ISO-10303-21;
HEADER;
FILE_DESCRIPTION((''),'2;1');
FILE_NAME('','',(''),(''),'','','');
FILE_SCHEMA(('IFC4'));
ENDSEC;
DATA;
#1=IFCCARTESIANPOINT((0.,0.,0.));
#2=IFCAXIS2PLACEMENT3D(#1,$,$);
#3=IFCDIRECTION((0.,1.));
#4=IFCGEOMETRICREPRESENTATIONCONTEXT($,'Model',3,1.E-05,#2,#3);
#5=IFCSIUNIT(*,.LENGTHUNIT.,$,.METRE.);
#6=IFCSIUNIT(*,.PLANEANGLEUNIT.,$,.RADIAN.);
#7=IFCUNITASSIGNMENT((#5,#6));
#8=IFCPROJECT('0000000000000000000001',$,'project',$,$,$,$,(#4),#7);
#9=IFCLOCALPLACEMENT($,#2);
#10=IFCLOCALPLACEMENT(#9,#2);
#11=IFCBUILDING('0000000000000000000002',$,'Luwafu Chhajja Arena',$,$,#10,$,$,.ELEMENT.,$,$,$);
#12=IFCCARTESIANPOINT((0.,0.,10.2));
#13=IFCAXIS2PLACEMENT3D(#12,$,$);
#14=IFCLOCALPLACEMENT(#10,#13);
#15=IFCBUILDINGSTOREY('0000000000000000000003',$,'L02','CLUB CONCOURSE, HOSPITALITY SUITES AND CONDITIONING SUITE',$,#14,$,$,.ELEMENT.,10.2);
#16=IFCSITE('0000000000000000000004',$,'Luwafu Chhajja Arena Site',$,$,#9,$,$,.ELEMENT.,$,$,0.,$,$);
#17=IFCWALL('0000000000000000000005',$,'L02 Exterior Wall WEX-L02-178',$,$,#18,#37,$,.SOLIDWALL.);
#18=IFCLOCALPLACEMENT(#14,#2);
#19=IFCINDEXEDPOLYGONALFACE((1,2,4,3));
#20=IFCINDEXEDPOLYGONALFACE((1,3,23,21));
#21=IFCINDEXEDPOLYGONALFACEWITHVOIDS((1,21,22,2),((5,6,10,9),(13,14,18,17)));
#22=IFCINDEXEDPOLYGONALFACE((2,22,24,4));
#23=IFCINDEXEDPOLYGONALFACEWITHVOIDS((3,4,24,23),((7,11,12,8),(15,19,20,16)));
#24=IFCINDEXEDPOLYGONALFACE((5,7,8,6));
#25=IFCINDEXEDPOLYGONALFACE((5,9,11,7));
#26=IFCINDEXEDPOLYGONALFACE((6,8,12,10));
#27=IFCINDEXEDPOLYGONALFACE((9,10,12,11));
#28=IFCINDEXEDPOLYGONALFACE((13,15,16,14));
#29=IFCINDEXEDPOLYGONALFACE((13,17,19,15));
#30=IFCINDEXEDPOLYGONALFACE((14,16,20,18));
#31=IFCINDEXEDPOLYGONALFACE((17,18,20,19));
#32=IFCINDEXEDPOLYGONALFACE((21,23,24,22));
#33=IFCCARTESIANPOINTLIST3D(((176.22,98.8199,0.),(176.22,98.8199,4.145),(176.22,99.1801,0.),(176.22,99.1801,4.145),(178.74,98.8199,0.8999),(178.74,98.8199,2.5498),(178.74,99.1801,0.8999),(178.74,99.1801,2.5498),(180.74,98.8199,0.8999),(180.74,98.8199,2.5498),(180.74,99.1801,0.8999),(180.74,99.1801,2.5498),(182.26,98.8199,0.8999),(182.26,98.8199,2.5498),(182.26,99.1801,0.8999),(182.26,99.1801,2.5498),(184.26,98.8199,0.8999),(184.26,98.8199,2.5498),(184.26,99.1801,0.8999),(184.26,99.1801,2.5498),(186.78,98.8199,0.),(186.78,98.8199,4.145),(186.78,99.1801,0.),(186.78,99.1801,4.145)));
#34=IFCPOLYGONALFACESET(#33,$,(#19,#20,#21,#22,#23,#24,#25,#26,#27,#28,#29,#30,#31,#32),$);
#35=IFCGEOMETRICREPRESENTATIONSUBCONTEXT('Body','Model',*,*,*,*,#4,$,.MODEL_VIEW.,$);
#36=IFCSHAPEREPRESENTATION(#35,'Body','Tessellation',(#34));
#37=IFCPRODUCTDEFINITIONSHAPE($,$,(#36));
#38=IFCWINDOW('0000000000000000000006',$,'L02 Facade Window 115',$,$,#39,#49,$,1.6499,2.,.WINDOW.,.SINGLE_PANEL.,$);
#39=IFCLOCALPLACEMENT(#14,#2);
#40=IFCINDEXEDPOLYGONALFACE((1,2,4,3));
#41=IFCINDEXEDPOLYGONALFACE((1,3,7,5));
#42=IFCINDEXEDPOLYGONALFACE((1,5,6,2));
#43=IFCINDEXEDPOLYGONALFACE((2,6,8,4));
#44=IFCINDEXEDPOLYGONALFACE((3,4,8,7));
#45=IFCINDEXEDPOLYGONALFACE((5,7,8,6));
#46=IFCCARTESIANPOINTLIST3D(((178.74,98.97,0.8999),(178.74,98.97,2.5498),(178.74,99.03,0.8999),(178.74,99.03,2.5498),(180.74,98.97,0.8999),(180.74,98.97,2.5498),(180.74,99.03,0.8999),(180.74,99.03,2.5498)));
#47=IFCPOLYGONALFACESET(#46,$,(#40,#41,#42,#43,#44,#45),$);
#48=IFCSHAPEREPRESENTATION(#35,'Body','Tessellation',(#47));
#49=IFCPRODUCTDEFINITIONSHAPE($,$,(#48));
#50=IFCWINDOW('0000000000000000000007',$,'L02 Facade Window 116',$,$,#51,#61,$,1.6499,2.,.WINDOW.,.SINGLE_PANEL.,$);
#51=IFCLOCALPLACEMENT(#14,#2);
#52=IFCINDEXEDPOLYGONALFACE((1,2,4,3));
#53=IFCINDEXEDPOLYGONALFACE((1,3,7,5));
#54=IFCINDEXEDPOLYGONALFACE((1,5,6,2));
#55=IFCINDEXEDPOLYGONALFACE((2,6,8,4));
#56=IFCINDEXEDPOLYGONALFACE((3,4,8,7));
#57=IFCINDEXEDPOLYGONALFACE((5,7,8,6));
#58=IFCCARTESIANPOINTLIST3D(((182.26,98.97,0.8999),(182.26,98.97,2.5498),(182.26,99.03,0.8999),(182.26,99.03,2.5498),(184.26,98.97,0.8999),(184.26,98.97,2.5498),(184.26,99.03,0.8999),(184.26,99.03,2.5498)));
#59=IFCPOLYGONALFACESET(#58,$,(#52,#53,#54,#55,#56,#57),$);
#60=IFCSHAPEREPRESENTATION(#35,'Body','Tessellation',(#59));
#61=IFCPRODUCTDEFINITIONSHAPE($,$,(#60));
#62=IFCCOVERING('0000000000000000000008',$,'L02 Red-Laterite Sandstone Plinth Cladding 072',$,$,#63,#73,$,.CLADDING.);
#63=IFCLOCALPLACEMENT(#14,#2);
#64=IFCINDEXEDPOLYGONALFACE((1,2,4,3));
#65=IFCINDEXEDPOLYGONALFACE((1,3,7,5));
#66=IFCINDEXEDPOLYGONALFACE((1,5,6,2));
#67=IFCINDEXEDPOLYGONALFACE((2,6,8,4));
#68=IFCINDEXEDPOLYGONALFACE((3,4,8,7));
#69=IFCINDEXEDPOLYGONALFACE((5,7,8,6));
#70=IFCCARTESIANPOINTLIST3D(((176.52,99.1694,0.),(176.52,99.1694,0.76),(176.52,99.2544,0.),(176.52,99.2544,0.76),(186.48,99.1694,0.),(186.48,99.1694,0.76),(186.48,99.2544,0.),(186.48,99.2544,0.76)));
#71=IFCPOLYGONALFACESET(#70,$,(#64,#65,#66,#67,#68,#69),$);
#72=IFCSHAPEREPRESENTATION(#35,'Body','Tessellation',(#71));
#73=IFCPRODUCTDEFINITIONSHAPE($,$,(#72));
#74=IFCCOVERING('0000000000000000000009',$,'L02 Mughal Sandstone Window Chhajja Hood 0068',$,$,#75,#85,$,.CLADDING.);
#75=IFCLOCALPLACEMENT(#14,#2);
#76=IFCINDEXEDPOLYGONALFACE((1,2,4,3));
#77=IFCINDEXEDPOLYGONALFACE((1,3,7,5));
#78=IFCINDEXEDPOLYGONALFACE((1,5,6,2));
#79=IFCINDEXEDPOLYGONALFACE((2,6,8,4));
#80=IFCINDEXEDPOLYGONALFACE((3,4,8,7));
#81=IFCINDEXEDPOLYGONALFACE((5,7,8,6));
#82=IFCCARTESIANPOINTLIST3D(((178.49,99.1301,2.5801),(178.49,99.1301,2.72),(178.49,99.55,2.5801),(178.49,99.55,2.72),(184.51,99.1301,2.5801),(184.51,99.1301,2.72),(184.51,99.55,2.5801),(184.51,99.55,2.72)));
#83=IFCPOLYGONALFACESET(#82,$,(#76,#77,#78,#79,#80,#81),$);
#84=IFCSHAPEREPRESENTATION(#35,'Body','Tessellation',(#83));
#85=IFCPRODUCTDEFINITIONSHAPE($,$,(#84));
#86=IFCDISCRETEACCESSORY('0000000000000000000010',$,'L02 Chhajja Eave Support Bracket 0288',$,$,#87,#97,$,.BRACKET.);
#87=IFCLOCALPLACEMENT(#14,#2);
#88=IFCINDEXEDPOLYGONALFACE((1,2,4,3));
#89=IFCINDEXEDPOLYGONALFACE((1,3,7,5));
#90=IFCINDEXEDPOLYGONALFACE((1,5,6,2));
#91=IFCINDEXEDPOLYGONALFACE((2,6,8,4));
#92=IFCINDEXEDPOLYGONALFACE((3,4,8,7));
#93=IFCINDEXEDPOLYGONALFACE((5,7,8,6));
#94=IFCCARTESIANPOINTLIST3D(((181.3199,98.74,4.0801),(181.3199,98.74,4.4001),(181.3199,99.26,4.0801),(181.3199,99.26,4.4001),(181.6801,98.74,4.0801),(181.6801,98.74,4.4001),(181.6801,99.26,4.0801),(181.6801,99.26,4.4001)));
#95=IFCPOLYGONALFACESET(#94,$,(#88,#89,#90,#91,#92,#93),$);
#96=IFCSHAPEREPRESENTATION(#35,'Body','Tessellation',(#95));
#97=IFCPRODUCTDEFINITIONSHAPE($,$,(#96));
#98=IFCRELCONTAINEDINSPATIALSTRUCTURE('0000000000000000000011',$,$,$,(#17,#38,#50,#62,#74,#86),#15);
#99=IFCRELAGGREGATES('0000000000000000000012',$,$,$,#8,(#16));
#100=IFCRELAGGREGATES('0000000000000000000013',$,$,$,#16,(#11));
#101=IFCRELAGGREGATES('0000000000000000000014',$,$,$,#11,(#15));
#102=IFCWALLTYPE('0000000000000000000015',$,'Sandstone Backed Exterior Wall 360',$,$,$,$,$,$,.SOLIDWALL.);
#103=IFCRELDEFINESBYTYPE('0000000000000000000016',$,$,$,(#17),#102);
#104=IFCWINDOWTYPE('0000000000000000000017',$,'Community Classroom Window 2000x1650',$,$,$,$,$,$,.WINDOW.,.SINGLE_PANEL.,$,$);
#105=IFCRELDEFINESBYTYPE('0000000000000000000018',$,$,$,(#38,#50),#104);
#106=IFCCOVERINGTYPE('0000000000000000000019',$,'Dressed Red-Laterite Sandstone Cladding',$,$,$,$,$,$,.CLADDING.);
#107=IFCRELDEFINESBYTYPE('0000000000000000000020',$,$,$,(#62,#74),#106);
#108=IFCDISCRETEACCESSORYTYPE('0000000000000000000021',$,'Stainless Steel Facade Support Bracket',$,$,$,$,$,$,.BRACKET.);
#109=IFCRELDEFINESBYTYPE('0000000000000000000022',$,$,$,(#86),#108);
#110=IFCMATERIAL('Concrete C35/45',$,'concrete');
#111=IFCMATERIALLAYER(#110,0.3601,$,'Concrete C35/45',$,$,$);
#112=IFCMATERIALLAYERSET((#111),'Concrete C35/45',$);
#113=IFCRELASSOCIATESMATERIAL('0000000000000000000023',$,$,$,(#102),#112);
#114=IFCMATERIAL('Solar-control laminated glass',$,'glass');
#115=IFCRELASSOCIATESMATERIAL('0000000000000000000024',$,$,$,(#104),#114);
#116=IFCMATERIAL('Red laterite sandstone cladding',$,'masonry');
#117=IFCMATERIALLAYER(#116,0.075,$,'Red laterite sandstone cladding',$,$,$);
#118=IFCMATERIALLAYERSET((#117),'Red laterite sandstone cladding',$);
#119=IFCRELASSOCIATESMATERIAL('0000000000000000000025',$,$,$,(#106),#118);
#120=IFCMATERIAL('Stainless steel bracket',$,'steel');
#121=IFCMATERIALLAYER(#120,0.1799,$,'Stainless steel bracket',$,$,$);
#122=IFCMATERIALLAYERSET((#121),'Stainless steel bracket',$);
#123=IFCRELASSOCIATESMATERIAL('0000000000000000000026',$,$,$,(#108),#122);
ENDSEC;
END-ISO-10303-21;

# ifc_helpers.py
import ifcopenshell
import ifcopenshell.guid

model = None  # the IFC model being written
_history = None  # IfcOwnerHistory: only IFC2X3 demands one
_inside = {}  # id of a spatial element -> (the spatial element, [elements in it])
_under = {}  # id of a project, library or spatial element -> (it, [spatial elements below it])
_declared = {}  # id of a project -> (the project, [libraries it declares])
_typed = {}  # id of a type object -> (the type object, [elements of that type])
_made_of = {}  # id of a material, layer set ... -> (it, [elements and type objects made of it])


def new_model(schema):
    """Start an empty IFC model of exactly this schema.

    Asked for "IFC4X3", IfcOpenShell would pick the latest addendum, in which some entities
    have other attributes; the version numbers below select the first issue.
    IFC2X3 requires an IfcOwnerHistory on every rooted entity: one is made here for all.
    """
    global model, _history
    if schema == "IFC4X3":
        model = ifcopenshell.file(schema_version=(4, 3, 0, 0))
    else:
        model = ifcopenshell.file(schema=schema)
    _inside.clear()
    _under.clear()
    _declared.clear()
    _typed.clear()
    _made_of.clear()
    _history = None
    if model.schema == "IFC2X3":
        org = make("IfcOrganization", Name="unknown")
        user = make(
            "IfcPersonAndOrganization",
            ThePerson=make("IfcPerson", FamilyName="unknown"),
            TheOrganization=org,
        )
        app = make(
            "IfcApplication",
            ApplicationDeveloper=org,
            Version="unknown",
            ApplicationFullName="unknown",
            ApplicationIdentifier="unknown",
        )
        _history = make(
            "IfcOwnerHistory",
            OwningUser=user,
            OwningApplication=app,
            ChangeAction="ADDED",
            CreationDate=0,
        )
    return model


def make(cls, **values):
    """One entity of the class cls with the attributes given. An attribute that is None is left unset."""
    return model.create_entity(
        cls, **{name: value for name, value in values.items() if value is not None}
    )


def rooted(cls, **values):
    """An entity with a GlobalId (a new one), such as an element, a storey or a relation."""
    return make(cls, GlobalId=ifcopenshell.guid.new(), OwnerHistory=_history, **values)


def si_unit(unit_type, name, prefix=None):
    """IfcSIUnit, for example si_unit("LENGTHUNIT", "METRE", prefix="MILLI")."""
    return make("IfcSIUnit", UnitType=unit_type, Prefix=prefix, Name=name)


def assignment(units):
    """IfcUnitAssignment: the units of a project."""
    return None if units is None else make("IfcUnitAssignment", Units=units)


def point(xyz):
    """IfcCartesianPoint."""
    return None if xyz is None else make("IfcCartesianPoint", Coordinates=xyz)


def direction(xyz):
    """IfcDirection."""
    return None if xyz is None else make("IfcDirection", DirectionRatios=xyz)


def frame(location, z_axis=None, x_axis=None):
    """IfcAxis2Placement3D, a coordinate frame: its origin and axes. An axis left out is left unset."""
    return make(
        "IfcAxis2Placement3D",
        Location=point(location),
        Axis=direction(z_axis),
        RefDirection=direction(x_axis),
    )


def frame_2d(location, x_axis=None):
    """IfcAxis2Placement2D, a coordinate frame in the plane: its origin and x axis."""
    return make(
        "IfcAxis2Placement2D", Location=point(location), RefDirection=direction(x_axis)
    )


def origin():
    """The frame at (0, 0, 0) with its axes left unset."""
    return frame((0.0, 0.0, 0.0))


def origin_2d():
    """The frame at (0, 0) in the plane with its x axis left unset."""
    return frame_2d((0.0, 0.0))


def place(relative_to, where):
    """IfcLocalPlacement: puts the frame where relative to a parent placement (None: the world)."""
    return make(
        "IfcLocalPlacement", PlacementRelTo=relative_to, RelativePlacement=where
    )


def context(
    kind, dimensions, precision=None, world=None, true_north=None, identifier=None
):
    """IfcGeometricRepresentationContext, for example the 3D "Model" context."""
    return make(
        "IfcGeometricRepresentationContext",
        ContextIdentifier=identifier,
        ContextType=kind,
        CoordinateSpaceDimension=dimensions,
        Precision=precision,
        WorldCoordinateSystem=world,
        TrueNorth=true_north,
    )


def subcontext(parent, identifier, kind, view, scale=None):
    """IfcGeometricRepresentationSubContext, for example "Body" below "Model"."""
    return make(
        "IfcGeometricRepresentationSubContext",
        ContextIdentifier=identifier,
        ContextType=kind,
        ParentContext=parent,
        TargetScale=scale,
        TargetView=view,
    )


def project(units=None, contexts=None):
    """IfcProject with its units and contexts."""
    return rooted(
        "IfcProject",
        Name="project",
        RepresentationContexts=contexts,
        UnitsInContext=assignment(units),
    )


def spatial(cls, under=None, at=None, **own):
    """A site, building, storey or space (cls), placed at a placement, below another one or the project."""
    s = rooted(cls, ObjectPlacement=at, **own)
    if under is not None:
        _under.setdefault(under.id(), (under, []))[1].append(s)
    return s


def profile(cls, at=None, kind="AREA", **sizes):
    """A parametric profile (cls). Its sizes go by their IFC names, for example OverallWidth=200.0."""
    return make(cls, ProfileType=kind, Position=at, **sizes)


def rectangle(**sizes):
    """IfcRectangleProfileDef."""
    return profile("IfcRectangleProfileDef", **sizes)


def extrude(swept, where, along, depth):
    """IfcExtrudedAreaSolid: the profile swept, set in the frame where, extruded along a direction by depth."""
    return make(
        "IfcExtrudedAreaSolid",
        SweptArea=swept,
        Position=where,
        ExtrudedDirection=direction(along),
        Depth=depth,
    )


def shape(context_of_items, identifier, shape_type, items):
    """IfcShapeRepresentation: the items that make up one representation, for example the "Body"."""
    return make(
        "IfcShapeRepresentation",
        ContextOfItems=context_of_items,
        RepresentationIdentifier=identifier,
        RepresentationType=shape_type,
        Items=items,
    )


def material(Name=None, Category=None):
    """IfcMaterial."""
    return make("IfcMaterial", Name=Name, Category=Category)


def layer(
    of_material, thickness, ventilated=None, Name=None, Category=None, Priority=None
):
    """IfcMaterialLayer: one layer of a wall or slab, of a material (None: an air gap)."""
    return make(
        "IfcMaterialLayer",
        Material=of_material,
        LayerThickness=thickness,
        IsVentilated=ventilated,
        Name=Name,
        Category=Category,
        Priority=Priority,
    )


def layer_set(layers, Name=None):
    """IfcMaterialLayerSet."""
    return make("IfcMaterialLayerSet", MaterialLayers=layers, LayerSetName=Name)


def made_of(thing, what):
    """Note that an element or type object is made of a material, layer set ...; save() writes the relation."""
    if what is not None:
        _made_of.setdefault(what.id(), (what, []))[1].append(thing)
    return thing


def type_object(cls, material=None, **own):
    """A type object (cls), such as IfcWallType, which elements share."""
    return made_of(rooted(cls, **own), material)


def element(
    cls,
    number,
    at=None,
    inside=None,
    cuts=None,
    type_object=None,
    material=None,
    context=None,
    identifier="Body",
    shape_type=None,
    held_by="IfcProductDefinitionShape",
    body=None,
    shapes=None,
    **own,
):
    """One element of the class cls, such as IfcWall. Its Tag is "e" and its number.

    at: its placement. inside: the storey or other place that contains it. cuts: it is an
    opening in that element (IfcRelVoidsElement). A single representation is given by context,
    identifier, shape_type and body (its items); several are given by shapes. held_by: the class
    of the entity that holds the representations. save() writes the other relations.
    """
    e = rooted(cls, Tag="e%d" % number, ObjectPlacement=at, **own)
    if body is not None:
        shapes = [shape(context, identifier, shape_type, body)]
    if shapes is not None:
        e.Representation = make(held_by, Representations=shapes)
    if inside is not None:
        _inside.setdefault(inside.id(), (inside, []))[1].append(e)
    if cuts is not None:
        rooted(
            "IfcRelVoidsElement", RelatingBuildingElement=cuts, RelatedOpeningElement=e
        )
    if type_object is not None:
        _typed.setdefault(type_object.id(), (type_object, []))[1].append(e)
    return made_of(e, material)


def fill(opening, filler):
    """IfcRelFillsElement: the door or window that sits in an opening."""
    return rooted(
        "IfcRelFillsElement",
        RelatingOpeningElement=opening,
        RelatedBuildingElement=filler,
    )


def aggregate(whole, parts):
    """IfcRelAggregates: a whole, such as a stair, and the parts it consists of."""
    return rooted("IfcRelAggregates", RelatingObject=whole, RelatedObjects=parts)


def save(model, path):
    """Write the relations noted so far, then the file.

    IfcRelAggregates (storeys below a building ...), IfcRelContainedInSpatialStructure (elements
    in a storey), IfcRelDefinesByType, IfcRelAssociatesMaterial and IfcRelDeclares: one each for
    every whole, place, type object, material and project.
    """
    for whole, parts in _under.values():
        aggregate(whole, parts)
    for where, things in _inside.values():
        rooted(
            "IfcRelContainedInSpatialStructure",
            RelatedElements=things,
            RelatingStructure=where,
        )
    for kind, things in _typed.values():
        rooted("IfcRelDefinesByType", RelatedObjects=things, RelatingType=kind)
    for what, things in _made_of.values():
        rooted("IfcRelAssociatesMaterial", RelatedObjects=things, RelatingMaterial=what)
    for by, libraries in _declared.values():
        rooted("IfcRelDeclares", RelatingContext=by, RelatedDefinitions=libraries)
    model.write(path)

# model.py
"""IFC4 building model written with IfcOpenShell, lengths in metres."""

from ifc_helpers import new_model, si_unit, direction, frame, frame_2d, origin, origin_2d, place, context, subcontext, project, spatial, rectangle, extrude, material, layer, layer_set, type_object, element, fill, save


model = new_model("IFC4")

# Units and contexts
model_context = context("Model", 3, precision=1e-05, world=origin(), true_north=direction((0.0, 1.0)))
body_context = subcontext(model_context, "Body", "Model", "MODEL_VIEW")
ifc_project = project(units=[si_unit("LENGTHUNIT", "METRE"), si_unit("PLANEANGLEUNIT", "RADIAN")], contexts=[model_context])

# Site, building, storey
site_placement = place(None, origin())
site = spatial("IfcSite", under=ifc_project, at=site_placement, Name="Luwafu Chhajja Arena Site", CompositionType="ELEMENT", RefElevation=0.0)
building_placement = place(site_placement, origin())
building = spatial("IfcBuilding", under=site, at=building_placement, Name="Luwafu Chhajja Arena", CompositionType="ELEMENT")
storey_placement = place(building_placement, frame((0.0, 0.0, 10.2)))
storey = spatial("IfcBuildingStorey", under=building, at=storey_placement, Name="L02", Description="CLUB CONCOURSE, HOSPITALITY SUITES AND CONDITIONING SUITE", CompositionType="ELEMENT", Elevation=10.2)

# Shared definitions
ifc_material_1 = material(Name="Concrete C35/45", Category="concrete")

# Wall, openings, windows
ifc_layer_1 = layer(ifc_material_1, 0.3601, Name="Concrete C35/45")
ifc_layer_set_1 = layer_set([ifc_layer_1], Name="Concrete C35/45")
wall_type = type_object("IfcWallType", Name="Sandstone Backed Exterior Wall 360", PredefinedType="SOLIDWALL", material=ifc_layer_set_1)
wall_placement = place(storey_placement, frame((176.22, 99.0, 0.0), z_axis=(0.0, 0.0, 1.0), x_axis=(1.0, 0.0, 0.0)))
wall = element("IfcWall", 1, at=wall_placement, inside=storey, type_object=wall_type, Name="L02 Exterior Wall WEX-L02-178", PredefinedType="SOLIDWALL", context=body_context, shape_type="SweptSolid", body=[
    extrude(rectangle(XDim=10.5601, YDim=0.3601, at=frame_2d((5.28, 0.0))), origin(), (0.0, 0.0, 1.0), 4.145),
])
opening_1_placement = place(wall_placement, frame((2.52, 0.0, 0.8999)))
opening_1 = element("IfcOpeningElement", 2, at=opening_1_placement, cuts=wall, PredefinedType="OPENING", context=body_context, shape_type="SweptSolid", body=[
    extrude(rectangle(XDim=2.0, YDim=1.6499, at=frame_2d((1.0, 0.825))), frame((0.0, 0.1899, 0.0), z_axis=(0.0, -1.0, 0.0), x_axis=(1.0, 0.0, 0.0)), (0.0, 0.0, 1.0), 0.3801),
])
opening_2_placement = place(wall_placement, frame((6.04, 0.0, 0.8999)))
opening_2 = element("IfcOpeningElement", 3, at=opening_2_placement, cuts=wall, PredefinedType="OPENING", context=body_context, shape_type="SweptSolid", body=[
    extrude(rectangle(XDim=2.0, YDim=1.6499, at=frame_2d((1.0, 0.825))), frame((0.0, 0.1899, 0.0), z_axis=(0.0, -1.0, 0.0), x_axis=(1.0, 0.0, 0.0)), (0.0, 0.0, 1.0), 0.3801),
])
ifc_material_2 = material(Name="Solar-control laminated glass", Category="glass")
window_type = type_object("IfcWindowType", Name="Community Classroom Window 2000x1650", PartitioningType="SINGLE_PANEL", PredefinedType="WINDOW", material=ifc_material_2)
window_1_placement = place(opening_1_placement, origin())
window_1 = element("IfcWindow", 4, at=window_1_placement, inside=storey, type_object=window_type, Name="L02 Facade Window 115", OverallHeight=1.6499, OverallWidth=2.0, PartitioningType="SINGLE_PANEL", PredefinedType="WINDOW", context=body_context, shape_type="SweptSolid", body=[
    extrude(rectangle(XDim=2.0, YDim=1.6499, at=frame_2d((1.0, 0.825))), frame((0.0, 0.03, 0.0), z_axis=(0.0, -1.0, 0.0), x_axis=(1.0, 0.0, 0.0)), (0.0, 0.0, 1.0), 0.0601),
])
fill(opening_1, window_1)
window_2_placement = place(opening_2_placement, origin())
window_2 = element("IfcWindow", 5, at=window_2_placement, inside=storey, type_object=window_type, Name="L02 Facade Window 116", OverallHeight=1.6499, OverallWidth=2.0, PartitioningType="SINGLE_PANEL", PredefinedType="WINDOW", context=body_context, shape_type="SweptSolid", body=[
    extrude(rectangle(XDim=2.0, YDim=1.6499, at=frame_2d((1.0, 0.825))), frame((0.0, 0.03, 0.0), z_axis=(0.0, -1.0, 0.0), x_axis=(1.0, 0.0, 0.0)), (0.0, 0.0, 1.0), 0.0601),
])
fill(opening_2, window_2)

# Coverings
ifc_material_3 = material(Name="Red laterite sandstone cladding", Category="masonry")
ifc_layer_2 = layer(ifc_material_3, 0.075, Name="Red laterite sandstone cladding")
ifc_layer_set_2 = layer_set([ifc_layer_2], Name="Red laterite sandstone cladding")
covering_type = type_object("IfcCoveringType", Name="Dressed Red-Laterite Sandstone Cladding", PredefinedType="CLADDING", material=ifc_layer_set_2)
covering_1_placement = place(storey_placement, frame((181.5, 99.2119, 0.0), z_axis=(0.0, 0.0, 1.0), x_axis=(1.0, 0.0, 0.0)))
element("IfcCovering", 6, at=covering_1_placement, inside=storey, type_object=covering_type, Name="L02 Red-Laterite Sandstone Plinth Cladding 072", PredefinedType="CLADDING", context=body_context, shape_type="SweptSolid", body=[
    extrude(rectangle(XDim=9.96, YDim=0.085, at=origin_2d()), origin(), (0.0, 0.0, 1.0), 0.76),
])
covering_2_placement = place(storey_placement, frame((181.5, 99.3401, 2.5801), z_axis=(0.0, 0.0, 1.0), x_axis=(1.0, 0.0, 0.0)))
element("IfcCovering", 7, at=covering_2_placement, inside=storey, type_object=covering_type, Name="L02 Mughal Sandstone Window Chhajja Hood 0068", PredefinedType="CLADDING", context=body_context, shape_type="SweptSolid", body=[
    extrude(rectangle(XDim=6.02, YDim=0.4199, at=origin_2d()), origin(), (0.0, 0.0, 1.0), 0.1399),
])

# Discrete accessory
ifc_material_4 = material(Name="Stainless steel bracket", Category="steel")
ifc_layer_3 = layer(ifc_material_4, 0.1799, Name="Stainless steel bracket")
ifc_layer_set_3 = layer_set([ifc_layer_3], Name="Stainless steel bracket")
discrete_accessory_type = type_object("IfcDiscreteAccessoryType", Name="Stainless Steel Facade Support Bracket", PredefinedType="BRACKET", material=ifc_layer_set_3)
discrete_accessory_placement = place(storey_placement, frame((181.5, 99.0, 4.0801), z_axis=(0.0, 0.0, 1.0), x_axis=(1.0, 0.0, 0.0)))
element("IfcDiscreteAccessory", 8, at=discrete_accessory_placement, inside=storey, type_object=discrete_accessory_type, Name="L02 Chhajja Eave Support Bracket 0288", PredefinedType="BRACKET", context=body_context, shape_type="SweptSolid", body=[
    extrude(rectangle(XDim=0.3601, YDim=0.52, at=origin_2d()), origin(), (0.0, 0.0, 1.0), 0.3201),
])

save(model, "model.ifc")
